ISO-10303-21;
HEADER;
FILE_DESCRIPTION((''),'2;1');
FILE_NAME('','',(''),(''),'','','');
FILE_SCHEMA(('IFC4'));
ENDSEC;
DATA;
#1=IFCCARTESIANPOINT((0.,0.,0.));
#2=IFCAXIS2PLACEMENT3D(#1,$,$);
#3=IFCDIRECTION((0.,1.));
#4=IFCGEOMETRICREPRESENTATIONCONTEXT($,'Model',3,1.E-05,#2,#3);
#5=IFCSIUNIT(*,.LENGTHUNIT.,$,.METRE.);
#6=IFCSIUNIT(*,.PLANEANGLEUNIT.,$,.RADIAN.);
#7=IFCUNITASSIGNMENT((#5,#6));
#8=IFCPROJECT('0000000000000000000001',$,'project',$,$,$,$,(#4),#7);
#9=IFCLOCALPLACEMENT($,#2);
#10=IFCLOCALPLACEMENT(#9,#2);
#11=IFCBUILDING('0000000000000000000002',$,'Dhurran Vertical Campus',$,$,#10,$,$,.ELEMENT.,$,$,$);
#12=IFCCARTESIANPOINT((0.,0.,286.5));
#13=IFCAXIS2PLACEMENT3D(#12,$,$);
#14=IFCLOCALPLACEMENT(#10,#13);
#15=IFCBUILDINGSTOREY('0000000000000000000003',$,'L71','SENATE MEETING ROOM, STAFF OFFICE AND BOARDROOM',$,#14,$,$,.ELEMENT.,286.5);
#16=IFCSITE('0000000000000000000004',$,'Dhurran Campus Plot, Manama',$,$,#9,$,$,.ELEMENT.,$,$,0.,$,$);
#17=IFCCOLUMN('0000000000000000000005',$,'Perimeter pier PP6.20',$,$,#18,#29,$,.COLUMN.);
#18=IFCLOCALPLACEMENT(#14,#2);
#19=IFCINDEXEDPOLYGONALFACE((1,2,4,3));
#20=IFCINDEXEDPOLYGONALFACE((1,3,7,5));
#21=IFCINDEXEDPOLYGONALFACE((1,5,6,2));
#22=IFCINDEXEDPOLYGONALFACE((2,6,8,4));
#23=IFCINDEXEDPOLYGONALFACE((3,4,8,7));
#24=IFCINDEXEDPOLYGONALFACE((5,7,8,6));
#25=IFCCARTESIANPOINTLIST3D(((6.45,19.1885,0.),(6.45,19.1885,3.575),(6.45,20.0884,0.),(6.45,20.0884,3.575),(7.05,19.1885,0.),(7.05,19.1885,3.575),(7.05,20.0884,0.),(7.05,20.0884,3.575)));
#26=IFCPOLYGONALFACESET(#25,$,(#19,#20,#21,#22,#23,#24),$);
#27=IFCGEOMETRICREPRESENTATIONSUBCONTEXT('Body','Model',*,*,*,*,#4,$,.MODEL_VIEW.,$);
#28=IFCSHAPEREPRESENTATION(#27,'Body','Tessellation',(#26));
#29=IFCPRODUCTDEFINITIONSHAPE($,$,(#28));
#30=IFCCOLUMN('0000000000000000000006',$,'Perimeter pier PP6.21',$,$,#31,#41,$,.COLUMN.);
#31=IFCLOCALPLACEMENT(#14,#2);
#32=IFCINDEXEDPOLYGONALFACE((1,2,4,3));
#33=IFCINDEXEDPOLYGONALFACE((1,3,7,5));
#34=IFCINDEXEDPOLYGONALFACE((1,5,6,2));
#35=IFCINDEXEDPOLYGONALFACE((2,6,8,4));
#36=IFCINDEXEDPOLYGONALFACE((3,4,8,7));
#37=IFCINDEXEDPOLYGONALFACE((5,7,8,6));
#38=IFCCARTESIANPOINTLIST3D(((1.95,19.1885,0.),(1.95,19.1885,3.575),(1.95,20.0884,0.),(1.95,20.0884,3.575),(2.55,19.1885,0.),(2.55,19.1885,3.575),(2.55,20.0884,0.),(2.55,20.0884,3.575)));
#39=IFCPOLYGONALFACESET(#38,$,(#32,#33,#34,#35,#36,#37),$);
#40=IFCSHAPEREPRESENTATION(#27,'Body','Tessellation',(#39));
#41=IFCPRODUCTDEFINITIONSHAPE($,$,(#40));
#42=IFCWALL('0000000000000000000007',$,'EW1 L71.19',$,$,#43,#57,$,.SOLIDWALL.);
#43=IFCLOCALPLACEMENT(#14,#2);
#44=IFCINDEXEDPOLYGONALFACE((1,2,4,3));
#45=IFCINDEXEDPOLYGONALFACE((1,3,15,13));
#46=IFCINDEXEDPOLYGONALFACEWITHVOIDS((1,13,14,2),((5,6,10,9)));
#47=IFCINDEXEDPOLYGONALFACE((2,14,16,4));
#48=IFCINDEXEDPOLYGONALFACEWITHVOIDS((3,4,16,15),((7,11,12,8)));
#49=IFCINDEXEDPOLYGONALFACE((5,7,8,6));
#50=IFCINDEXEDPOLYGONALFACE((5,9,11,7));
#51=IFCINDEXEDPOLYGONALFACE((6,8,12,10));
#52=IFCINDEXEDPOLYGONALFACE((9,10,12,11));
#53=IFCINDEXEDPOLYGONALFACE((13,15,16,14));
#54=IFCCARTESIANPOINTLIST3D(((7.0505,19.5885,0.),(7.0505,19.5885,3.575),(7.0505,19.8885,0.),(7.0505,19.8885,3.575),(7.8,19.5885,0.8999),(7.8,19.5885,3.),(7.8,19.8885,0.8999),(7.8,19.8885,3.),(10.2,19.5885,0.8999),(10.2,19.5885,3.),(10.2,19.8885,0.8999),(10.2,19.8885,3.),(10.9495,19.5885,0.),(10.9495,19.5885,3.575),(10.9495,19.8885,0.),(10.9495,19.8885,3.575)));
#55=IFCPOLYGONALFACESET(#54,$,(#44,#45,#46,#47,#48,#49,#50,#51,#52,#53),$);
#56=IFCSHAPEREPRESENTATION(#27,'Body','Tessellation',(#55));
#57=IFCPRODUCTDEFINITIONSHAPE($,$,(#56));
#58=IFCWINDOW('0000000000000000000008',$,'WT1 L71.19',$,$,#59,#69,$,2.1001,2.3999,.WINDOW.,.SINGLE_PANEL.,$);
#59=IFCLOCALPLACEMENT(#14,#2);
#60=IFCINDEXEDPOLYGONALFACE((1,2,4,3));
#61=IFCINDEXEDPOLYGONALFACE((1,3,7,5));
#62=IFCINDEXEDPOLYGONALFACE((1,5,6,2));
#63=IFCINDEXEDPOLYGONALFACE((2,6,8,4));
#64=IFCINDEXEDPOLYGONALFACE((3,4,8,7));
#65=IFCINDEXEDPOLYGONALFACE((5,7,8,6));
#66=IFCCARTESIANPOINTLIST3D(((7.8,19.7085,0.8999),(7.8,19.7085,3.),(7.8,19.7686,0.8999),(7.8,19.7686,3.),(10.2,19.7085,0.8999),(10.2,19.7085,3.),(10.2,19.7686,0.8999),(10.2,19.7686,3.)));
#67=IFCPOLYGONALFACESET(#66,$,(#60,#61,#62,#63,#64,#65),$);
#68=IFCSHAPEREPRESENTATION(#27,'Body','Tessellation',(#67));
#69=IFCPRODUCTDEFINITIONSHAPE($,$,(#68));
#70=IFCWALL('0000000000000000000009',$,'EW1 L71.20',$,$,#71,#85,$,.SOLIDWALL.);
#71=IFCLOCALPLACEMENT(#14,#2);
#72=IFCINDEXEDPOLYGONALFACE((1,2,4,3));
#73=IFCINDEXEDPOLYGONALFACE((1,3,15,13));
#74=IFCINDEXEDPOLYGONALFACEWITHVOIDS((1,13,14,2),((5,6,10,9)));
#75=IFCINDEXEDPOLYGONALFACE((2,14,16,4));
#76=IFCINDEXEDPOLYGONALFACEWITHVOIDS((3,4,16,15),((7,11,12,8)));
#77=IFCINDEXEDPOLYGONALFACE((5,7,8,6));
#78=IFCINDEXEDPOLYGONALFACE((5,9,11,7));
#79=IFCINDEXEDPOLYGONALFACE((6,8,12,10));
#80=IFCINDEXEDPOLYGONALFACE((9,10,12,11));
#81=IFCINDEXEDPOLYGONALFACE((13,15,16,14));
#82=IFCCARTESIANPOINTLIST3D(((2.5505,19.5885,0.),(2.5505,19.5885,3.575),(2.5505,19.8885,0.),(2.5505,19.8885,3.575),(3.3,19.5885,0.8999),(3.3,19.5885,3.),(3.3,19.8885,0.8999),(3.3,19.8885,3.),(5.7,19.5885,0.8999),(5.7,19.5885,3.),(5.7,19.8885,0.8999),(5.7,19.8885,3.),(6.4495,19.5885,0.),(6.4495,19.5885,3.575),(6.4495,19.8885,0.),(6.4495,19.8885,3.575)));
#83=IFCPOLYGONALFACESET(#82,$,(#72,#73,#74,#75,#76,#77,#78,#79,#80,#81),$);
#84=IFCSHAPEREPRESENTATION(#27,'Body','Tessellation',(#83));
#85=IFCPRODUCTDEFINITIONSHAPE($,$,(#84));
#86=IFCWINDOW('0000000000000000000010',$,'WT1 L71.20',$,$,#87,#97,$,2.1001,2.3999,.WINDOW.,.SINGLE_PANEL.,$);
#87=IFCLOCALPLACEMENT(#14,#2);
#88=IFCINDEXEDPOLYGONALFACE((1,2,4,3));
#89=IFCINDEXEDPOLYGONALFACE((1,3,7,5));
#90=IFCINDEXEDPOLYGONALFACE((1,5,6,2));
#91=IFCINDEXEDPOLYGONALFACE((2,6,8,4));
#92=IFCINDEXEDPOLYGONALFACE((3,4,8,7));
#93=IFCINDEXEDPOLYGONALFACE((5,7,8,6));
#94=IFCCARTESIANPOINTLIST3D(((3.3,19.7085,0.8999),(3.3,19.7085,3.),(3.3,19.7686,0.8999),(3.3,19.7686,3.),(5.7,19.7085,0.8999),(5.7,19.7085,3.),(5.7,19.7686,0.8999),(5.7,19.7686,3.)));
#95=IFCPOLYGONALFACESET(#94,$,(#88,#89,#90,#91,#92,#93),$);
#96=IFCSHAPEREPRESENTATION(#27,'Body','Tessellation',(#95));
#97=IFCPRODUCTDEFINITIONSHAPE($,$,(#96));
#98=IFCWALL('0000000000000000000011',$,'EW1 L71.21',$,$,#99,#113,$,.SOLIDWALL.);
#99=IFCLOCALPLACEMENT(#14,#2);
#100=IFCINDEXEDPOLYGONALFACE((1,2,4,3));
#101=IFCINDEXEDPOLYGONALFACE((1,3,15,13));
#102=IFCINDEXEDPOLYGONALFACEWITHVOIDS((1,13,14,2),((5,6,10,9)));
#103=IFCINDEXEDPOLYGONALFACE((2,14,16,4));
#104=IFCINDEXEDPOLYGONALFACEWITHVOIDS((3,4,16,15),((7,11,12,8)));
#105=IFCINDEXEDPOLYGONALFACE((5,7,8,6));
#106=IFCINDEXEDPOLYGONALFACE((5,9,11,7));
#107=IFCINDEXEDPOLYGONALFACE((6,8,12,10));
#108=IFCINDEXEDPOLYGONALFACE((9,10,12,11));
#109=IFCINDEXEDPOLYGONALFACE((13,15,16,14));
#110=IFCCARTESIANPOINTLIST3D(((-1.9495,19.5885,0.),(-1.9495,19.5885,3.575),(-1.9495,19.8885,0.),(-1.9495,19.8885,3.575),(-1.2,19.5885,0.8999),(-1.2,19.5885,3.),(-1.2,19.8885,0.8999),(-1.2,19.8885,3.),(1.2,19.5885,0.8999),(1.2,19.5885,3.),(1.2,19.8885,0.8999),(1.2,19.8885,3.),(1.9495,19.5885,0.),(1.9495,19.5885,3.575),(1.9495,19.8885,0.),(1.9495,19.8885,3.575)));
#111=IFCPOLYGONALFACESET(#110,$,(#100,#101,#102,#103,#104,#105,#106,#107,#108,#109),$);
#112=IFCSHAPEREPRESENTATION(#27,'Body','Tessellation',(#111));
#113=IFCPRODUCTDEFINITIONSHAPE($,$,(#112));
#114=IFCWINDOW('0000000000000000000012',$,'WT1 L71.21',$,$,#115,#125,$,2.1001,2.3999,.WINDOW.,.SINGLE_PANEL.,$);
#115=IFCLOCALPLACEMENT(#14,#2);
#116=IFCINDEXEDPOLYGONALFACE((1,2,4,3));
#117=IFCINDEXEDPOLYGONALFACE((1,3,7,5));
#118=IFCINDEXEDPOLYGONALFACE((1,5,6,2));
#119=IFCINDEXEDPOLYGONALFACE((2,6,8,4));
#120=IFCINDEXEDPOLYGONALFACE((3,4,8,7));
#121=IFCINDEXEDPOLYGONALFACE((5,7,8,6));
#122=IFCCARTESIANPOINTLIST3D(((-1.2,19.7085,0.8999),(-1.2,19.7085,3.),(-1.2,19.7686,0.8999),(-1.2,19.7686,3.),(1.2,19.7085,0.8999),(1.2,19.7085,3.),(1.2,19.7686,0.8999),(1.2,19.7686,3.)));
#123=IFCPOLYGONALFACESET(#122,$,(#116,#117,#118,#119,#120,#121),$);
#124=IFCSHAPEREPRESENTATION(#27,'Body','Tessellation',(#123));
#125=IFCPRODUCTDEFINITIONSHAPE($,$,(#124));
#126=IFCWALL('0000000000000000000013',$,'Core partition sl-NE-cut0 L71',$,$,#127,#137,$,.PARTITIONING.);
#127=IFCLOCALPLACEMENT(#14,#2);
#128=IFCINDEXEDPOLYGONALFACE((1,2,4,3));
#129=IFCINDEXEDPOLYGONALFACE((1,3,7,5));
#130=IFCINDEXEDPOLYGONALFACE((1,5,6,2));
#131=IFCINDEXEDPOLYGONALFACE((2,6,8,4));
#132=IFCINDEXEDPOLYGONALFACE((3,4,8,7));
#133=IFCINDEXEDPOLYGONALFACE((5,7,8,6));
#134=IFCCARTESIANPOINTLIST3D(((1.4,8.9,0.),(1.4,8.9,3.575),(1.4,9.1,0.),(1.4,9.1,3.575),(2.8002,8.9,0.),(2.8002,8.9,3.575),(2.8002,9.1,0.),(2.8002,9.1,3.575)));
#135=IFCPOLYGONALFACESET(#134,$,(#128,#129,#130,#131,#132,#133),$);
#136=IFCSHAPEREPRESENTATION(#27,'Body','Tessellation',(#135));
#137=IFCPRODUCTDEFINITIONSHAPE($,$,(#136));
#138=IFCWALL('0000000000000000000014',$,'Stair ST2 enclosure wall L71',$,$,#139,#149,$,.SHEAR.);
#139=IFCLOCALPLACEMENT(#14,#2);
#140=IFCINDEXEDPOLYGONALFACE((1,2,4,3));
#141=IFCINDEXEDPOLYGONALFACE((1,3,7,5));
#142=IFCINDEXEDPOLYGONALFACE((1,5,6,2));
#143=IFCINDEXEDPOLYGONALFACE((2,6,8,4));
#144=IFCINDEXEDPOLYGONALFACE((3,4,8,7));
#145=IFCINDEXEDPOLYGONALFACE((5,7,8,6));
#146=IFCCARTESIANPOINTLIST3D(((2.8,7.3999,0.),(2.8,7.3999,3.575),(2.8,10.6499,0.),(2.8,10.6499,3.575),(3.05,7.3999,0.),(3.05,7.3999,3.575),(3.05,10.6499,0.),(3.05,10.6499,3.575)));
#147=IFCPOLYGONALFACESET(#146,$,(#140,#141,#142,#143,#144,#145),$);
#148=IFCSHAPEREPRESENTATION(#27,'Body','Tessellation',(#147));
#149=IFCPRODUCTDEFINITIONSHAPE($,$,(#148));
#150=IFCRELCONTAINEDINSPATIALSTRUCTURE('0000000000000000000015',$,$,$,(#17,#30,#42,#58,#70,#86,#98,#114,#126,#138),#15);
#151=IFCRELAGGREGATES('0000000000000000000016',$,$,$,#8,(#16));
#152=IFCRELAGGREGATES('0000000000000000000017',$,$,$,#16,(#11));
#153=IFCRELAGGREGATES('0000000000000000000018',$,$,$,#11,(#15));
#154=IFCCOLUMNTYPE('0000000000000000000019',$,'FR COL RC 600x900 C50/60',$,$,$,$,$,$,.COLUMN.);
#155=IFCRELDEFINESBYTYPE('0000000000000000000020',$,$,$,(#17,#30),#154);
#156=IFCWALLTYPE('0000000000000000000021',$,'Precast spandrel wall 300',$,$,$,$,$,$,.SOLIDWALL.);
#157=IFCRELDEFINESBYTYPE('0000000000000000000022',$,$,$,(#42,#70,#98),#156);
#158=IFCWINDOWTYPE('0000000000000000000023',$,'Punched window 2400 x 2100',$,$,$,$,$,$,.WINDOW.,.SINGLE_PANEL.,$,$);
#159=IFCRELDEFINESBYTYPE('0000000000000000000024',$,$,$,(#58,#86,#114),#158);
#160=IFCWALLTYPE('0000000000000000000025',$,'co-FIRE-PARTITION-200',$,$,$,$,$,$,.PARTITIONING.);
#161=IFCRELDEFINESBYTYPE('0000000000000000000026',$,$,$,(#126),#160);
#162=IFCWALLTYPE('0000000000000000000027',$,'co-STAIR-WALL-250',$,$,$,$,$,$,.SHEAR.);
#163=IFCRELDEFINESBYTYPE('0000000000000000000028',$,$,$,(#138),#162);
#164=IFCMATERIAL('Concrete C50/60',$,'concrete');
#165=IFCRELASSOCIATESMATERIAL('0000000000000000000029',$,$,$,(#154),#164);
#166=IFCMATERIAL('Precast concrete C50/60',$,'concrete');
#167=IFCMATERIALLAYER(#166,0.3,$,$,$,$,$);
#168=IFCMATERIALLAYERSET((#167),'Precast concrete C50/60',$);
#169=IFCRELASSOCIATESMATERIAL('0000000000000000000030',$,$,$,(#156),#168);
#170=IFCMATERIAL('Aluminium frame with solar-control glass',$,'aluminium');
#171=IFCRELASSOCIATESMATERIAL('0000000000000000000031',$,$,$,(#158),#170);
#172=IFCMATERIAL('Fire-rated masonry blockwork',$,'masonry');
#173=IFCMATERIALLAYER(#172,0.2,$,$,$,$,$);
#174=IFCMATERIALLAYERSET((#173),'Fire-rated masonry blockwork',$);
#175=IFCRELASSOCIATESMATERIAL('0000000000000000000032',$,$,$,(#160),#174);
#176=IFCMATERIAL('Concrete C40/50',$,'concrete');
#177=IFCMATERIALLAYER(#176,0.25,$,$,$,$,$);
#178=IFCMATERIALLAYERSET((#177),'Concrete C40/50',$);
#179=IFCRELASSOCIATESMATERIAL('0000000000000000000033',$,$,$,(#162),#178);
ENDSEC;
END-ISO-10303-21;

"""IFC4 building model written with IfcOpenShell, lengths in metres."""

from ifc_helpers import new_model, si_unit, direction, frame, frame_2d, origin, origin_2d, place, context, subcontext, project, spatial, rectangle, extrude, material, layer, layer_set, material_profile, profile_set, type_object, element, fill, save


model = new_model("IFC4")

# Units and contexts
model_context = context("Model", 3, precision=1e-05, world=origin(), true_north=direction((0.0, 1.0)))
body_context = subcontext(model_context, "Body", "Model", "MODEL_VIEW")
ifc_project = project(units=[si_unit("LENGTHUNIT", "METRE"), si_unit("PLANEANGLEUNIT", "RADIAN")], contexts=[model_context])

# Site, building, storey
site_placement = place(None, origin())
site = spatial("IfcSite", under=ifc_project, at=site_placement, Name="Dhurran Campus Plot, Manama", CompositionType="ELEMENT", RefElevation=0.0)
building_placement = place(site_placement, origin())
building = spatial("IfcBuilding", under=site, at=building_placement, Name="Dhurran Vertical Campus", CompositionType="ELEMENT")
storey_placement = place(building_placement, frame((0.0, 0.0, 286.5)))
storey = spatial("IfcBuildingStorey", under=building, at=storey_placement, Name="L71", Description="SENATE MEETING ROOM, STAFF OFFICE AND BOARDROOM", CompositionType="ELEMENT", Elevation=286.5)

# Columns
ifc_material_1 = material(Name="Concrete C50/60", Category="concrete")
ifc_material_profile = material_profile(ifc_material_1, rectangle(XDim=0.6001, YDim=0.8999, at=origin_2d()), Name="RC 600x900")
ifc_profile_set = profile_set([ifc_material_profile], Name="Concrete C50/60")
column_type = type_object("IfcColumnType", Name="FR COL RC 600x900 C50/60", PredefinedType="COLUMN", material=ifc_profile_set)
for number, where, z_axis, x_axis, name in (
    (1, (6.75, 19.6384, 0.0), (0.0, 0.0, 1.0), (-1.0, 0.0, 0.0), "Perimeter pier PP6.20"),
    (2, (2.25, 19.6384, 0.0), (0.0, 0.0, 1.0), (-1.0, 0.0, 0.0), "Perimeter pier PP6.21"),
):
    element("IfcColumn", number, at=place(storey_placement, frame(where, z_axis=z_axis, x_axis=x_axis)), inside=storey, type_object=column_type, Name=name, PredefinedType="COLUMN", context=body_context, shape_type="SweptSolid", body=[
        extrude(rectangle(XDim=0.6001, YDim=0.8999, at=origin_2d()), origin(), (0.0, 0.0, 1.0), 3.575),
    ])

# Walls, openings, windows
ifc_material_2 = material(Name="Precast concrete C50/60", Category="concrete")
ifc_layer_1 = layer(ifc_material_2, 0.3)
ifc_layer_set_1 = layer_set([ifc_layer_1], Name="Precast concrete C50/60")
wall_type_1 = type_object("IfcWallType", Name="Precast spandrel wall 300", PredefinedType="SOLIDWALL", material=ifc_layer_set_1)
wall_1_placement = place(storey_placement, frame((10.9495, 19.7385, 0.0), z_axis=(0.0, 0.0, 1.0), x_axis=(-1.0, 0.0, 0.0)))
wall_1 = element("IfcWall", 3, at=wall_1_placement, inside=storey, type_object=wall_type_1, Name="EW1 L71.19", PredefinedType="SOLIDWALL", context=body_context, shape_type="SweptSolid", body=[
    extrude(rectangle(XDim=3.8989, YDim=0.3, at=frame_2d((1.9495, 0.0))), origin(), (0.0, 0.0, 1.0), 3.575),
])
opening_1_placement = place(wall_1_placement, frame((0.7495, 0.0, 0.8999)))
opening_1 = element("IfcOpeningElement", 4, at=opening_1_placement, cuts=wall_1, PredefinedType="OPENING", context=body_context, shape_type="SweptSolid", body=[
    extrude(rectangle(XDim=2.3999, YDim=2.1001, at=frame_2d((1.2, 1.05))), frame((0.0, 0.1599, 0.0), z_axis=(0.0, -1.0, 0.0), x_axis=(1.0, 0.0, 0.0)), (0.0, 0.0, 1.0), 0.3201),
])
ifc_material_3 = material(Name="Aluminium frame with solar-control glass", Category="aluminium")
window_type = type_object("IfcWindowType", Name="Punched window 2400 x 2100", PartitioningType="SINGLE_PANEL", PredefinedType="WINDOW", material=ifc_material_3)
window_1_placement = place(opening_1_placement, origin())
window_1 = element("IfcWindow", 5, at=window_1_placement, inside=storey, type_object=window_type, Name="WT1 L71.19", OverallHeight=2.1001, OverallWidth=2.3999, PartitioningType="SINGLE_PANEL", PredefinedType="WINDOW", context=body_context, shape_type="SweptSolid", body=[
    extrude(rectangle(XDim=2.3999, YDim=2.1001, at=frame_2d((1.2, 1.05))), frame((0.0, 0.03, 0.0), z_axis=(0.0, -1.0, 0.0), x_axis=(1.0, 0.0, 0.0)), (0.0, 0.0, 1.0), 0.0601),
])
fill(opening_1, window_1)
wall_2_placement = place(storey_placement, frame((6.4495, 19.7385, 0.0), z_axis=(0.0, 0.0, 1.0), x_axis=(-1.0, 0.0, 0.0)))
wall_2 = element("IfcWall", 6, at=wall_2_placement, inside=storey, type_object=wall_type_1, Name="EW1 L71.20", PredefinedType="SOLIDWALL", context=body_context, shape_type="SweptSolid", body=[
    extrude(rectangle(XDim=3.8989, YDim=0.3, at=frame_2d((1.9495, 0.0))), origin(), (0.0, 0.0, 1.0), 3.575),
])
opening_2_placement = place(wall_2_placement, frame((0.7495, 0.0, 0.8999)))
opening_2 = element("IfcOpeningElement", 7, at=opening_2_placement, cuts=wall_2, PredefinedType="OPENING", context=body_context, shape_type="SweptSolid", body=[
    extrude(rectangle(XDim=2.3999, YDim=2.1001, at=frame_2d((1.2, 1.05))), frame((0.0, 0.1599, 0.0), z_axis=(0.0, -1.0, 0.0), x_axis=(1.0, 0.0, 0.0)), (0.0, 0.0, 1.0), 0.3201),
])
window_2_placement = place(opening_2_placement, origin())
window_2 = element("IfcWindow", 8, at=window_2_placement, inside=storey, type_object=window_type, Name="WT1 L71.20", OverallHeight=2.1001, OverallWidth=2.3999, PartitioningType="SINGLE_PANEL", PredefinedType="WINDOW", context=body_context, shape_type="SweptSolid", body=[
    extrude(rectangle(XDim=2.3999, YDim=2.1001, at=frame_2d((1.2, 1.05))), frame((0.0, 0.03, 0.0), z_axis=(0.0, -1.0, 0.0), x_axis=(1.0, 0.0, 0.0)), (0.0, 0.0, 1.0), 0.0601),
])
fill(opening_2, window_2)
wall_3_placement = place(storey_placement, frame((1.9495, 19.7385, 0.0), z_axis=(0.0, 0.0, 1.0), x_axis=(-1.0, 0.0, 0.0)))
wall_3 = element("IfcWall", 9, at=wall_3_placement, inside=storey, type_object=wall_type_1, Name="EW1 L71.21", PredefinedType="SOLIDWALL", context=body_context, shape_type="SweptSolid", body=[
    extrude(rectangle(XDim=3.8989, YDim=0.3, at=frame_2d((1.9495, 0.0))), origin(), (0.0, 0.0, 1.0), 3.575),
])
opening_3_placement = place(wall_3_placement, frame((0.7495, 0.0, 0.8999)))
opening_3 = element("IfcOpeningElement", 10, at=opening_3_placement, cuts=wall_3, PredefinedType="OPENING", context=body_context, shape_type="SweptSolid", body=[
    extrude(rectangle(XDim=2.3999, YDim=2.1001, at=frame_2d((1.2, 1.05))), frame((0.0, 0.1599, 0.0), z_axis=(0.0, -1.0, 0.0), x_axis=(1.0, 0.0, 0.0)), (0.0, 0.0, 1.0), 0.3201),
])
window_3_placement = place(opening_3_placement, origin())
window_3 = element("IfcWindow", 11, at=window_3_placement, inside=storey, type_object=window_type, Name="WT1 L71.21", OverallHeight=2.1001, OverallWidth=2.3999, PartitioningType="SINGLE_PANEL", PredefinedType="WINDOW", context=body_context, shape_type="SweptSolid", body=[
    extrude(rectangle(XDim=2.3999, YDim=2.1001, at=frame_2d((1.2, 1.05))), frame((0.0, 0.03, 0.0), z_axis=(0.0, -1.0, 0.0), x_axis=(1.0, 0.0, 0.0)), (0.0, 0.0, 1.0), 0.0601),
])
fill(opening_3, window_3)

# Walls
ifc_material_4 = material(Name="Fire-rated masonry blockwork", Category="masonry")
ifc_layer_2 = layer(ifc_material_4, 0.2)
ifc_layer_set_2 = layer_set([ifc_layer_2], Name="Fire-rated masonry blockwork")
wall_type_2 = type_object("IfcWallType", Name="co-FIRE-PARTITION-200", PredefinedType="PARTITIONING", material=ifc_layer_set_2)
wall_4_placement = place(storey_placement, frame((1.3999, 9.0, 0.0), z_axis=(0.0, 0.0, 1.0), x_axis=(1.0, 0.0, 0.0)))
element("IfcWall", 12, at=wall_4_placement, inside=storey, type_object=wall_type_2, Name="Core partition sl-NE-cut0 L71", PredefinedType="PARTITIONING", context=body_context, shape_type="SweptSolid", body=[
    extrude(rectangle(XDim=1.4001, YDim=0.2, at=frame_2d((0.7002, 0.0))), origin(), (0.0, 0.0, 1.0), 3.575),
])
ifc_material_5 = material(Name="Concrete C40/50", Category="concrete")
ifc_layer_3 = layer(ifc_material_5, 0.25)
ifc_layer_set_3 = layer_set([ifc_layer_3], Name="Concrete C40/50")
wall_type_3 = type_object("IfcWallType", Name="co-STAIR-WALL-250", PredefinedType="SHEAR", material=ifc_layer_set_3)
wall_5_placement = place(storey_placement, frame((2.925, 7.3999, 0.0), z_axis=(0.0, 0.0, 1.0), x_axis=(0.0, 1.0, 0.0)))
element("IfcWall", 13, at=wall_5_placement, inside=storey, type_object=wall_type_3, Name="Stair ST2 enclosure wall L71", PredefinedType="SHEAR", context=body_context, shape_type="SweptSolid", body=[
    extrude(rectangle(XDim=3.25, YDim=0.25, at=frame_2d((1.625, 0.0))), origin(), (0.0, 0.0, 1.0), 3.575),
])

save(model, "model.ifc")
